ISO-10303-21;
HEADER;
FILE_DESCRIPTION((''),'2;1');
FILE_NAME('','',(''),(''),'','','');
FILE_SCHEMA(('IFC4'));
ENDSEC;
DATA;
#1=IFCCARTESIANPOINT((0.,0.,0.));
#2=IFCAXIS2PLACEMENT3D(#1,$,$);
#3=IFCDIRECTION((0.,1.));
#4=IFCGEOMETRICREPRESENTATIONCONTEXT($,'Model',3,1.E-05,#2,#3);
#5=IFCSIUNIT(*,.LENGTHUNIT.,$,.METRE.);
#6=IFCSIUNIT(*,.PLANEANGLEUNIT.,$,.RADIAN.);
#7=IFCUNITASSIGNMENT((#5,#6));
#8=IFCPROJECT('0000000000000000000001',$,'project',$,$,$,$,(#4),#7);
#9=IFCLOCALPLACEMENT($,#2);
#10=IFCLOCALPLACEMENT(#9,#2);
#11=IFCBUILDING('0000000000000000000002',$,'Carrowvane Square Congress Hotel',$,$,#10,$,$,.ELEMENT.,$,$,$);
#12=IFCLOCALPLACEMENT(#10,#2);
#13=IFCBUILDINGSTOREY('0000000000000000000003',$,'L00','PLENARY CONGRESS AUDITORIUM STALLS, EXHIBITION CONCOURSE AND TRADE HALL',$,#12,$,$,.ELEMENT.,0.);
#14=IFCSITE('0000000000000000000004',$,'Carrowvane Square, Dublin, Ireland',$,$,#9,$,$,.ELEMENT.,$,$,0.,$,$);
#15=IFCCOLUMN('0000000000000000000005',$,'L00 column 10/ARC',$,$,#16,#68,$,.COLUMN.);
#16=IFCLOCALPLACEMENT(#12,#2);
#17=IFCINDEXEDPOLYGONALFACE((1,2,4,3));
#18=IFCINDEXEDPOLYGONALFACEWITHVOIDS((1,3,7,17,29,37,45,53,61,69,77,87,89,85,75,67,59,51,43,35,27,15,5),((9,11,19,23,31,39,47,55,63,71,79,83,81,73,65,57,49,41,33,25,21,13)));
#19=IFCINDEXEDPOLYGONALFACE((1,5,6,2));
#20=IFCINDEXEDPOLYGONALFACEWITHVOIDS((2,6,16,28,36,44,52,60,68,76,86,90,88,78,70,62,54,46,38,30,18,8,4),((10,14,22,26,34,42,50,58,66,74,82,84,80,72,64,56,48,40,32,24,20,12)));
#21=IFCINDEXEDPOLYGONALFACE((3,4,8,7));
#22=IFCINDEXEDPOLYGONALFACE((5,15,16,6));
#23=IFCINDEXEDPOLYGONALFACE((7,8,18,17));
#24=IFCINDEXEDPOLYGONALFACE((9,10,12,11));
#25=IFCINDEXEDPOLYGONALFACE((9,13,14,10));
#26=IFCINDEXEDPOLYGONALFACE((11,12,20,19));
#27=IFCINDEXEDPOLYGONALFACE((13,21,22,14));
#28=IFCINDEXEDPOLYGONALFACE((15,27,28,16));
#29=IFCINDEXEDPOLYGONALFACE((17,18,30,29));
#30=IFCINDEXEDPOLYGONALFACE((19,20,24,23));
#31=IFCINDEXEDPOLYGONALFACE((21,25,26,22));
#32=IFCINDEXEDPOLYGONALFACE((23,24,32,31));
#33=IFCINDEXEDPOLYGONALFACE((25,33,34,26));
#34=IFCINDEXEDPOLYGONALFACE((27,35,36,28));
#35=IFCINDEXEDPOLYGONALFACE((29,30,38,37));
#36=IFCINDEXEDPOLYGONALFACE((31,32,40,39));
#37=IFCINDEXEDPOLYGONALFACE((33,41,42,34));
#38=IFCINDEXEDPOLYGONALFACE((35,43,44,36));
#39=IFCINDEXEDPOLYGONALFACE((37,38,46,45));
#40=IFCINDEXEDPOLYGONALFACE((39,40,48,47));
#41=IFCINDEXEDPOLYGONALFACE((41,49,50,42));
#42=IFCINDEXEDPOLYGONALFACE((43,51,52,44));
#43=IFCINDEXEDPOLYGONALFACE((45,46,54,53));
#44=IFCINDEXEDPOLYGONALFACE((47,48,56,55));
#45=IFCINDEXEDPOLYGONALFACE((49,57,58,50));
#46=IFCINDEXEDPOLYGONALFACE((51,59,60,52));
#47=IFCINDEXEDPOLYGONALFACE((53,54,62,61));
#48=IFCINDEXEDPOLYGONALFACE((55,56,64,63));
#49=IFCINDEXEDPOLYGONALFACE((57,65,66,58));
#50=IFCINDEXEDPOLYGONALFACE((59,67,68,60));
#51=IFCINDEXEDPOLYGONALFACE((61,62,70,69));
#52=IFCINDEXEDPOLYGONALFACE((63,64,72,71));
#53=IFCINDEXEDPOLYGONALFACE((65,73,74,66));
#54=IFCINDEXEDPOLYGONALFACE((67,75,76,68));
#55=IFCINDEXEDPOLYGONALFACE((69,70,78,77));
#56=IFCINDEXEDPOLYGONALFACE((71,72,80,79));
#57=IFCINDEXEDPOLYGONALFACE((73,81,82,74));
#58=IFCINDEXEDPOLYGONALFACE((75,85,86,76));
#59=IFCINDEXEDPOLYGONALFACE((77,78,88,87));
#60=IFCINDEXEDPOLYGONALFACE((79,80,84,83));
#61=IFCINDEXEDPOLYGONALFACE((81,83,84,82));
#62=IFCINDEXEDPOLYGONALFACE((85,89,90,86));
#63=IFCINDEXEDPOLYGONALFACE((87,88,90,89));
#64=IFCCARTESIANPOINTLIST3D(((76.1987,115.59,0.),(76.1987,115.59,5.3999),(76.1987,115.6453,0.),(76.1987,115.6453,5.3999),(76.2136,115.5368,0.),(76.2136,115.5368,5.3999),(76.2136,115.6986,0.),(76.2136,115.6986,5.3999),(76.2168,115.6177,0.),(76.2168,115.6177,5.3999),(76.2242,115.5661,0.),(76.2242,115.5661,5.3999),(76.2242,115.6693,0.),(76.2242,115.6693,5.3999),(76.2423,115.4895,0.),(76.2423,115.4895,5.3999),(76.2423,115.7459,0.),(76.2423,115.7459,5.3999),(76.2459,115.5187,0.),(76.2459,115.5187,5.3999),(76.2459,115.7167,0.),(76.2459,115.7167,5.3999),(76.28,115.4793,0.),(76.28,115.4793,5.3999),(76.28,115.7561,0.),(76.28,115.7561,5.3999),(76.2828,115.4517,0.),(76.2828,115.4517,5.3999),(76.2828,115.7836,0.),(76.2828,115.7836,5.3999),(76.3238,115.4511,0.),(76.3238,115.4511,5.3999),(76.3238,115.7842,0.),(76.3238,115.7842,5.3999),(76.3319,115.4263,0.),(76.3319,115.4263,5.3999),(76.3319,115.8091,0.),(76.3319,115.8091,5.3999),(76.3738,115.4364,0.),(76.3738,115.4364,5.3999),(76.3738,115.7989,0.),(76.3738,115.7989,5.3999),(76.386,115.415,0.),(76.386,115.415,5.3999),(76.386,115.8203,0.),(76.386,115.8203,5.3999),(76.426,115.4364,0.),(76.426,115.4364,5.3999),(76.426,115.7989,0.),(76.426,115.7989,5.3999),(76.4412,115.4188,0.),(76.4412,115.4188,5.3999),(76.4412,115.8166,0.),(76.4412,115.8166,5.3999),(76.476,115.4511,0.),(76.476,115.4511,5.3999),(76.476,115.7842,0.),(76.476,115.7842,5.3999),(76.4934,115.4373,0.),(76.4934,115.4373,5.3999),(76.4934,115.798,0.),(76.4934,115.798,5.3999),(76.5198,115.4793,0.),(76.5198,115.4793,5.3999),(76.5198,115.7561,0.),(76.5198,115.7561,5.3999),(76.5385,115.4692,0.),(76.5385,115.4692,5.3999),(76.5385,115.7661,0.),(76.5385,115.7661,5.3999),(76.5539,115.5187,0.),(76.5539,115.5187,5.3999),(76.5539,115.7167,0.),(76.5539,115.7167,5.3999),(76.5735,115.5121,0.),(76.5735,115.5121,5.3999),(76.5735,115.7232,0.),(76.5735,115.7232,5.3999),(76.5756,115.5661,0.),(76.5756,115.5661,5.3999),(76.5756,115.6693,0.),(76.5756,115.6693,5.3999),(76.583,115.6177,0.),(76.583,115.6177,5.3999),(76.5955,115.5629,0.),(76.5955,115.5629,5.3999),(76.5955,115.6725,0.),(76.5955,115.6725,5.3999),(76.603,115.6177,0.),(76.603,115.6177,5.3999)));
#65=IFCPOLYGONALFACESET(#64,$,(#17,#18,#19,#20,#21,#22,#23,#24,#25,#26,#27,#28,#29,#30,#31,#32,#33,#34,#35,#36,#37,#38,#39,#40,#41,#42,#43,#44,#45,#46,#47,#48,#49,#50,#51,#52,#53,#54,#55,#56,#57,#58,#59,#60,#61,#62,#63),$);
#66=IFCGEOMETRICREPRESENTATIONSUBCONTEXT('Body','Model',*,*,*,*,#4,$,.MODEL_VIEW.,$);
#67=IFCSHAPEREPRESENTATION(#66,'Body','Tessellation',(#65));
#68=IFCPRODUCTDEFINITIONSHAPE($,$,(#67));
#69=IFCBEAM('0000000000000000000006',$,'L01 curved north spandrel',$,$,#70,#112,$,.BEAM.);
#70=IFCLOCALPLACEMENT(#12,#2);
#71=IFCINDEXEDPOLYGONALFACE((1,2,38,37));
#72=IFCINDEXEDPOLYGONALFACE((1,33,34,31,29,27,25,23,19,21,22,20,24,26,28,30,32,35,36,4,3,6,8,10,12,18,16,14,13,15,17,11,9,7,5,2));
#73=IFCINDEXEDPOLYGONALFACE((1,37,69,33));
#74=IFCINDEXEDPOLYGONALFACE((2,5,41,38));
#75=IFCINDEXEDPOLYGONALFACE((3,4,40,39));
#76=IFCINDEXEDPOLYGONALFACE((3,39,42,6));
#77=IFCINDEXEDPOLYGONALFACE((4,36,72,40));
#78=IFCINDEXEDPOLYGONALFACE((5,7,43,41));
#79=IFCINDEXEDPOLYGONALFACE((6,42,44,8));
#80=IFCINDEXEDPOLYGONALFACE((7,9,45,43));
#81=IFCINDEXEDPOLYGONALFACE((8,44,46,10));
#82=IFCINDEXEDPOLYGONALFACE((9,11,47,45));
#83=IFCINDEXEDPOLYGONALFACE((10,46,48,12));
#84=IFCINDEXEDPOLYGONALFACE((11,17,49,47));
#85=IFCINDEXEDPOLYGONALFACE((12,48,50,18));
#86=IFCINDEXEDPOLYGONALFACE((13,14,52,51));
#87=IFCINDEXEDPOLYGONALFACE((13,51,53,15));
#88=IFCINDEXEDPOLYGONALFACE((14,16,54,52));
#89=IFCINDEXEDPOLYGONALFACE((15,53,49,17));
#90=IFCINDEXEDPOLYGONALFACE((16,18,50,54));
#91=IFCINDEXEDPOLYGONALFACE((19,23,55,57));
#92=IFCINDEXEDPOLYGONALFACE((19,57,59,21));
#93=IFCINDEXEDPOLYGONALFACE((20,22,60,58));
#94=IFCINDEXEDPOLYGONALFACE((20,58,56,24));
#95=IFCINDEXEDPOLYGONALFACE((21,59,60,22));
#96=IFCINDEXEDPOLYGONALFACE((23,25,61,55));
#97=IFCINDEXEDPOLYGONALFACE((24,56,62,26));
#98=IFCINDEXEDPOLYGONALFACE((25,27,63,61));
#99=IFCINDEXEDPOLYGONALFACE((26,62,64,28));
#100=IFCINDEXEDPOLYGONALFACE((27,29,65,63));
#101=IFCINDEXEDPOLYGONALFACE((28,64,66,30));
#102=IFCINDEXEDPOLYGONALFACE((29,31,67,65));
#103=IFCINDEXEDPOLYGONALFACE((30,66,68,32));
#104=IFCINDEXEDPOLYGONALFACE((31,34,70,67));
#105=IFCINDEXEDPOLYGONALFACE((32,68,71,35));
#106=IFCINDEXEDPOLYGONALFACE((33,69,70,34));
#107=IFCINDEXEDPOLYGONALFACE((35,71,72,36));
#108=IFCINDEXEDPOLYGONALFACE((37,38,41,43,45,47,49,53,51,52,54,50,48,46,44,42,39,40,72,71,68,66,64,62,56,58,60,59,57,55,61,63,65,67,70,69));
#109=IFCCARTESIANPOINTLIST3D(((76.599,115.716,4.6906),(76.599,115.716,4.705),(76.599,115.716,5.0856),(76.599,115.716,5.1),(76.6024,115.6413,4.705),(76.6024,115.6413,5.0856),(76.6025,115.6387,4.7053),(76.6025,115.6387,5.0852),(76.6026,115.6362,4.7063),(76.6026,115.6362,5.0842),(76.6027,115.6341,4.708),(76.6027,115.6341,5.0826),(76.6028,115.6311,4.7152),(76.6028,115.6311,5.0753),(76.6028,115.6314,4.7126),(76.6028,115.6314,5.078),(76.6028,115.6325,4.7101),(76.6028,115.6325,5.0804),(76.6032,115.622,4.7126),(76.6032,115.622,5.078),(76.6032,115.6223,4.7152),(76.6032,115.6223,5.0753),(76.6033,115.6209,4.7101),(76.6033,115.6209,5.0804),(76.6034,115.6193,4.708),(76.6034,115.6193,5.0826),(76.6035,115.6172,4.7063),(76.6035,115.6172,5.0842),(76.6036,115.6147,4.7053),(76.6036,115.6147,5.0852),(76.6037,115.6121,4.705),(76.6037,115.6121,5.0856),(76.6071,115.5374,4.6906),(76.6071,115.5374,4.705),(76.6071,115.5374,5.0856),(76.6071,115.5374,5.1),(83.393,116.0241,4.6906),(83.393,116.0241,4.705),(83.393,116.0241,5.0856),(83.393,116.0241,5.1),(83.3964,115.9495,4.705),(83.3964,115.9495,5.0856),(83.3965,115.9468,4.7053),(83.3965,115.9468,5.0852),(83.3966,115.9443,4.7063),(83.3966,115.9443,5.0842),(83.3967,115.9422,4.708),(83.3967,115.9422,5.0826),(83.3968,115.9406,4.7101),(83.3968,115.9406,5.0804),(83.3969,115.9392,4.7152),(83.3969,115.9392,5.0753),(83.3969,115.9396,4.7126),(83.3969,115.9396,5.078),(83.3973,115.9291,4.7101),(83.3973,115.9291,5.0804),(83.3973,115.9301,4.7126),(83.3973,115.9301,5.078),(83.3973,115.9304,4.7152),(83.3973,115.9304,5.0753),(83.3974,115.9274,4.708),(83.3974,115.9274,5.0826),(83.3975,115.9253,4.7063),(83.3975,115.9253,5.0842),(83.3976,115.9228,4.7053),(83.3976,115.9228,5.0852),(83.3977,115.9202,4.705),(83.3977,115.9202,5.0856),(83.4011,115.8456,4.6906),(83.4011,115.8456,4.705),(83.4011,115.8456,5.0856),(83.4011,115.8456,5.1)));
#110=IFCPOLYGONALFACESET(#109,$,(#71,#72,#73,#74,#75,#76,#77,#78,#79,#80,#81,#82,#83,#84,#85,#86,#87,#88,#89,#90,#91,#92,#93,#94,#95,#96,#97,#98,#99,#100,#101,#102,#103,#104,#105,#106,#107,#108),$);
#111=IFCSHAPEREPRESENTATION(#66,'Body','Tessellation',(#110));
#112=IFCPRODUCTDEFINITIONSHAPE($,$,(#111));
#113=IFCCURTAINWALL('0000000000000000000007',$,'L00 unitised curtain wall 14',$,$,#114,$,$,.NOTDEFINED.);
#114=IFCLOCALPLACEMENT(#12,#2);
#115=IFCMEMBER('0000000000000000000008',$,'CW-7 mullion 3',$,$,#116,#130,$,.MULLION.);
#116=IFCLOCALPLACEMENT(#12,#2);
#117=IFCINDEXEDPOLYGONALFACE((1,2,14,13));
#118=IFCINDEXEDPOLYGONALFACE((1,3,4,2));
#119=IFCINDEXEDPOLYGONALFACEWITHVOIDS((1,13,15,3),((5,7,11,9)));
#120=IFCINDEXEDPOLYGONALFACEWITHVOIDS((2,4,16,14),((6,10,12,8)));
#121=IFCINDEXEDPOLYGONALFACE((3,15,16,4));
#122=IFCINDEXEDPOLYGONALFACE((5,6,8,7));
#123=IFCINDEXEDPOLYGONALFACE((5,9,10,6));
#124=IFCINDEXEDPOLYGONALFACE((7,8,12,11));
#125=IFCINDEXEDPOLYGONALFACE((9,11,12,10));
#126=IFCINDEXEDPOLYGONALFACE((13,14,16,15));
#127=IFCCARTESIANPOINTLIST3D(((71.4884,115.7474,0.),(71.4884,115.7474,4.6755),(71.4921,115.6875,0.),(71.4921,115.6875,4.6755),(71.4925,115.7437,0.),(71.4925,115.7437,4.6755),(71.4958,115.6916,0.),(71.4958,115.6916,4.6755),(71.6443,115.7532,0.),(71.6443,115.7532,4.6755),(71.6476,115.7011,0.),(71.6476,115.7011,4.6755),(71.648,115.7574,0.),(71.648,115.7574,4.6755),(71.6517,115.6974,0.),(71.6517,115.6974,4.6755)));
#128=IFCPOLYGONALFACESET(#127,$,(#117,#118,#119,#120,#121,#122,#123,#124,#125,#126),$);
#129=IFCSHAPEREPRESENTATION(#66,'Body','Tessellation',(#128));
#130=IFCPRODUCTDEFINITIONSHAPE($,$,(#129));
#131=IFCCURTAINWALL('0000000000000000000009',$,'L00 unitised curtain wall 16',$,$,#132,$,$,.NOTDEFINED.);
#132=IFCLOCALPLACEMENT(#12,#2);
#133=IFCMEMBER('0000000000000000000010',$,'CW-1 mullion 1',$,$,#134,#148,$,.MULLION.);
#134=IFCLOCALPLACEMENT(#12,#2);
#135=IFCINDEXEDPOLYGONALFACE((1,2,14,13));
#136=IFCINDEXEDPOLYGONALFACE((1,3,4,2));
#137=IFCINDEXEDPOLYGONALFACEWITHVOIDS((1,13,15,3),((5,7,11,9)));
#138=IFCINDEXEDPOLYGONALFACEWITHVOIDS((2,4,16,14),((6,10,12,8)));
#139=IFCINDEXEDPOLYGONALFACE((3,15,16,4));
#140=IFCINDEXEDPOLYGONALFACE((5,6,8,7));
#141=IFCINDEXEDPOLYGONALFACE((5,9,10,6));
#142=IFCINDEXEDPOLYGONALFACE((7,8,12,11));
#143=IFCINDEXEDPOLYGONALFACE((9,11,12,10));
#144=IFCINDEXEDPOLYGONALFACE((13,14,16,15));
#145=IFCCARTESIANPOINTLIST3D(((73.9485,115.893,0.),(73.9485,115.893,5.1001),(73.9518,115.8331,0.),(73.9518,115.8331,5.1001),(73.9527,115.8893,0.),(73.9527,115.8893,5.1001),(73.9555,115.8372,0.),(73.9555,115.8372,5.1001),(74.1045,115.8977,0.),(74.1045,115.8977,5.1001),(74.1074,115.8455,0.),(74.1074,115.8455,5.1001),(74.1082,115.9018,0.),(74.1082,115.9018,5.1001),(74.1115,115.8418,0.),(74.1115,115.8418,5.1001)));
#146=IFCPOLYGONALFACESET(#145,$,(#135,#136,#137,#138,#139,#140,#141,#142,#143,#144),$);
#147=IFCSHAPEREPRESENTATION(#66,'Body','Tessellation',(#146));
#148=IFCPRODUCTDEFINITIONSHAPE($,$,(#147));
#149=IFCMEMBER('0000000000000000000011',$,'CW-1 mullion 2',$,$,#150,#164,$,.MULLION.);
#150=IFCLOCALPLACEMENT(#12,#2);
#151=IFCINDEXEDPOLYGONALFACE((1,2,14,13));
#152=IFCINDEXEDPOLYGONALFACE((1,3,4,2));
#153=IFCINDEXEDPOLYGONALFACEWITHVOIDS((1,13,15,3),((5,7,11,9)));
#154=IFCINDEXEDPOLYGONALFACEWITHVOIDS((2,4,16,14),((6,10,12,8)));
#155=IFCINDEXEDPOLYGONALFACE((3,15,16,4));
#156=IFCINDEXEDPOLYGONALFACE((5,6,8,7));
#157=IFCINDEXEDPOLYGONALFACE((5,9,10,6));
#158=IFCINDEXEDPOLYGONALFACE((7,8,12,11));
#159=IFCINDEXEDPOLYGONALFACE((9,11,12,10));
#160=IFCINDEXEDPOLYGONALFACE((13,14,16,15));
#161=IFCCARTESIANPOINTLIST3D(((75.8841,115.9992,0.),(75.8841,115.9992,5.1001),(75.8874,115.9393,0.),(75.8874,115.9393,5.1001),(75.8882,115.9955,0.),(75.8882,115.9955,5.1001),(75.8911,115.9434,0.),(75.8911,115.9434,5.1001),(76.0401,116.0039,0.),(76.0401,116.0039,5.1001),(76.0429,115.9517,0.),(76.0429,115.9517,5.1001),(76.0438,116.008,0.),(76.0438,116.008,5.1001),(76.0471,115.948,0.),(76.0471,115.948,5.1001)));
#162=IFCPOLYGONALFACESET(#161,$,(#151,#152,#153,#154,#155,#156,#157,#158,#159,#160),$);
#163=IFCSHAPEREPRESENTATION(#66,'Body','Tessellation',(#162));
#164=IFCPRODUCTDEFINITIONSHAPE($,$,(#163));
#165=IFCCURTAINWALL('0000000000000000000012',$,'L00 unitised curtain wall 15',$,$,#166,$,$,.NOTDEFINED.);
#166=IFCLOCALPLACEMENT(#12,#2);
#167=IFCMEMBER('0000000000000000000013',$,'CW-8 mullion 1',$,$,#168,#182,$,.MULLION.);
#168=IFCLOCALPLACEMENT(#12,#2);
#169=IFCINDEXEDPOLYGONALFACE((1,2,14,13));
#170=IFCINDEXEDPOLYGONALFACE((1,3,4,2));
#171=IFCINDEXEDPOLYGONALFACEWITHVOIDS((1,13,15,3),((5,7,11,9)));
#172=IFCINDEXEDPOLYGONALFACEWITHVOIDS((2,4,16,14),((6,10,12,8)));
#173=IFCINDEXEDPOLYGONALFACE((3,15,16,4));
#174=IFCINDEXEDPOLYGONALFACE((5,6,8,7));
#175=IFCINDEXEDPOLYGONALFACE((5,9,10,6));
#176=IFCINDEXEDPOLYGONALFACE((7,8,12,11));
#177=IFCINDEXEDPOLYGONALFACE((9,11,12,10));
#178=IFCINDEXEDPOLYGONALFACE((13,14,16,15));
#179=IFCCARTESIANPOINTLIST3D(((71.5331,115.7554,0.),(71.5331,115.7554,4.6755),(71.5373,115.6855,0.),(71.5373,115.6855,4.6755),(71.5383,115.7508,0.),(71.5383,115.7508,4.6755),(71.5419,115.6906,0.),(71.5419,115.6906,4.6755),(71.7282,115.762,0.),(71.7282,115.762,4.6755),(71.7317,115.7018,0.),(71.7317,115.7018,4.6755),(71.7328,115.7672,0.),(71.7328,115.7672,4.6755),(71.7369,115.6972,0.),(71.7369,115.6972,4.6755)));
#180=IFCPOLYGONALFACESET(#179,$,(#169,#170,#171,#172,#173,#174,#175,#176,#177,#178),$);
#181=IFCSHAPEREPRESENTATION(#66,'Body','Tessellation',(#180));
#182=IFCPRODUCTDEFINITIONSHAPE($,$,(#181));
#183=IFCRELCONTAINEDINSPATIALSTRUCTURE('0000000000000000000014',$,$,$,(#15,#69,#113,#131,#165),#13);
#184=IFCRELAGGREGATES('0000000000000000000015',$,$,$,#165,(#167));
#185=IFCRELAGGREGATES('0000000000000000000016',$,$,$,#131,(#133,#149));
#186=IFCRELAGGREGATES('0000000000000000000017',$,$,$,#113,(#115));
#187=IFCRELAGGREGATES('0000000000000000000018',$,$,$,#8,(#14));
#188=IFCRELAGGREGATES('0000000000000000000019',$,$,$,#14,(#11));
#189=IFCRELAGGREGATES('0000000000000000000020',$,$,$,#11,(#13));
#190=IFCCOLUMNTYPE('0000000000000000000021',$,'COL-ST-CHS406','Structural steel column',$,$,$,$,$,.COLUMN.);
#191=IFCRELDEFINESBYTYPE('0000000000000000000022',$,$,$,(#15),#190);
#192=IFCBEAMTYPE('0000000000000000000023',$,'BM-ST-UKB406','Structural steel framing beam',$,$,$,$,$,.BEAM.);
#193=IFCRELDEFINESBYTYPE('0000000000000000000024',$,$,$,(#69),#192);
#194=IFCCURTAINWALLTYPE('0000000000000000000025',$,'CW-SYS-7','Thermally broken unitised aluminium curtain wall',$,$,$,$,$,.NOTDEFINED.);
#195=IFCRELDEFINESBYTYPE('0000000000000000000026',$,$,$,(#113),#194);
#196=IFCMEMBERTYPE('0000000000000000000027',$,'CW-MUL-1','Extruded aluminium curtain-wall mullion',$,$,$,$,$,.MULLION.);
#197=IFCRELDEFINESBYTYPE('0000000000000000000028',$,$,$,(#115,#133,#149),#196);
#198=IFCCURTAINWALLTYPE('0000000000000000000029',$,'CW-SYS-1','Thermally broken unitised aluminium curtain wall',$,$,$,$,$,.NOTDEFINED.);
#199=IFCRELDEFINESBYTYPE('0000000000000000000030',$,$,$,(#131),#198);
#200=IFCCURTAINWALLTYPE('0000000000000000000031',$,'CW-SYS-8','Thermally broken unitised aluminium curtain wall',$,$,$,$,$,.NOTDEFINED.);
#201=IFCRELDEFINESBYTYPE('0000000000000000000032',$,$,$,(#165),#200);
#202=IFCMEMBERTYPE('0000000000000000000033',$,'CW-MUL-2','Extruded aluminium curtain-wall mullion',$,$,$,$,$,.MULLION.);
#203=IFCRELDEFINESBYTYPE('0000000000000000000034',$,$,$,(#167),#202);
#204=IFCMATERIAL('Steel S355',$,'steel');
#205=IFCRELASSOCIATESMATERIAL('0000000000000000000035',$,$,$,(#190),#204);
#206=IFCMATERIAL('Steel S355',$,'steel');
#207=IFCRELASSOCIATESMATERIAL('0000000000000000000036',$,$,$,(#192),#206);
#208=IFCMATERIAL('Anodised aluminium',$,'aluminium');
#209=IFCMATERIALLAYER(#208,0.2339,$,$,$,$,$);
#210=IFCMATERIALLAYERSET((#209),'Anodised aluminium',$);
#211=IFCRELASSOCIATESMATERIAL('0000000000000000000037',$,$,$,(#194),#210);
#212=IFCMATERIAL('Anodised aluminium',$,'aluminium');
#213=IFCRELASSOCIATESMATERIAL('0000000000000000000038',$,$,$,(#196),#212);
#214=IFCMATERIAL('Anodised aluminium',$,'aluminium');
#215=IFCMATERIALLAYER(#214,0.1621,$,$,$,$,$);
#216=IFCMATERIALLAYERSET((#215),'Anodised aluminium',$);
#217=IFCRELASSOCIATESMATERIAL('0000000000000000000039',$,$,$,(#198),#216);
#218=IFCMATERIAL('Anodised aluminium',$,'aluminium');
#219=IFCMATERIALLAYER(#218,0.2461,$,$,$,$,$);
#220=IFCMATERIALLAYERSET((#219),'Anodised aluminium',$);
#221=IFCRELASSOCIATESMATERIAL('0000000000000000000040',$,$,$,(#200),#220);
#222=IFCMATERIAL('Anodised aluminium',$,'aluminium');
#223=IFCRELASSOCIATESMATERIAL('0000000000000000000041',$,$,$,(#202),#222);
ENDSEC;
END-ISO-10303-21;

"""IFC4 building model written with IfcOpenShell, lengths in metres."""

from ifc_helpers import new_model, si_unit, direction, frame, origin, origin_2d, place, context, subcontext, project, spatial, hollow_rectangle, hollow_circle, i_section, extrude, material, layer, layer_set, material_profile, profile_set, type_object, element, aggregate, save


model = new_model("IFC4")

# Units and contexts
model_context = context("Model", 3, precision=1e-05, world=origin(), true_north=direction((0.0, 1.0)))
body_context = subcontext(model_context, "Body", "Model", "MODEL_VIEW")
ifc_project = project(units=[si_unit("LENGTHUNIT", "METRE"), si_unit("PLANEANGLEUNIT", "RADIAN")], contexts=[model_context])

# Site, building, storey
site_placement = place(None, origin())
site = spatial("IfcSite", under=ifc_project, at=site_placement, Name="Carrowvane Square, Dublin, Ireland", CompositionType="ELEMENT", RefElevation=0.0)
building_placement = place(site_placement, origin())
building = spatial("IfcBuilding", under=site, at=building_placement, Name="Carrowvane Square Congress Hotel", CompositionType="ELEMENT")
storey_placement = place(building_placement, origin())
storey = spatial("IfcBuildingStorey", under=building, at=storey_placement, Name="L00", Description="PLENARY CONGRESS AUDITORIUM STALLS, EXHIBITION CONCOURSE AND TRADE HALL", CompositionType="ELEMENT", Elevation=0.0)

# Column
ifc_material_1 = material(Name="Steel S355", Category="steel")
ifc_material_profile_1 = material_profile(ifc_material_1, hollow_circle(Radius=0.2031, WallThickness=0.02, at=origin_2d()), Name="CHS 406.4x20")
ifc_profile_set_1 = profile_set([ifc_material_profile_1], Name="Steel S355")
column_type = type_object("IfcColumnType", Name="COL-ST-CHS406", Description="Structural steel column", PredefinedType="COLUMN", material=ifc_profile_set_1)
column_placement = place(storey_placement, frame((76.3999, 115.6177, 0.0), z_axis=(0.0, 0.0, 1.0), x_axis=(1.0, 0.0, 0.0)))
element("IfcColumn", 1, at=column_placement, inside=storey, type_object=column_type, Name="L00 column 10/ARC", PredefinedType="COLUMN", context=body_context, shape_type="SweptSolid", body=[
    extrude(hollow_circle(Radius=0.2031, WallThickness=0.02, at=origin_2d()), origin(), (0.0, 0.0, 1.0), 5.3999),
])

# Beam
ifc_material_2 = material(Name="Steel S355", Category="steel")
ifc_material_profile_2 = material_profile(ifc_material_2, i_section(OverallWidth=0.1787, OverallDepth=0.4094, WebThickness=0.0088, FlangeThickness=0.0144, FilletRadius=0.0103, at=origin_2d()), Name="UKB 406x178x67")
ifc_profile_set_2 = profile_set([ifc_material_profile_2], Name="Steel S355")
beam_type = type_object("IfcBeamType", Name="BM-ST-UKB406", Description="Structural steel framing beam", PredefinedType="BEAM", material=ifc_profile_set_2)
beam_placement = place(storey_placement, frame((76.603, 115.6267, 4.8953), z_axis=(0.998973, 0.045303, 0.0), x_axis=(-0.045303, 0.998973, 0.0)))
element("IfcBeam", 2, at=beam_placement, inside=storey, type_object=beam_type, Name="L01 curved north spandrel", PredefinedType="BEAM", context=body_context, shape_type="SweptSolid", body=[
    extrude(i_section(OverallWidth=0.1787, OverallDepth=0.4094, WebThickness=0.0088, FlangeThickness=0.0144, FilletRadius=0.0103, at=origin_2d()), origin(), (0.0, 0.0, 1.0), 6.801),
])

# Curtain wall, member
ifc_material_3 = material(Name="Anodised aluminium", Category="aluminium")
ifc_layer_1 = layer(ifc_material_3, 0.2339)
ifc_layer_set_1 = layer_set([ifc_layer_1], Name="Anodised aluminium")
curtain_wall_type_1 = type_object("IfcCurtainWallType", Name="CW-SYS-7", Description="Thermally broken unitised aluminium curtain wall", PredefinedType="NOTDEFINED", material=ifc_layer_set_1)
curtain_wall_1_placement = place(storey_placement, origin())
curtain_wall_1 = element("IfcCurtainWall", 3, at=curtain_wall_1_placement, inside=storey, type_object=curtain_wall_type_1, Name="L00 unitised curtain wall 14", PredefinedType="NOTDEFINED")
ifc_material_4 = material(Name="Anodised aluminium", Category="aluminium")
ifc_material_profile_3 = material_profile(ifc_material_4, hollow_rectangle(XDim=0.0601, YDim=0.1599, WallThickness=0.0039, at=origin_2d()), Name="CW-ML 60x160x4")
ifc_profile_set_3 = profile_set([ifc_material_profile_3], Name="Anodised aluminium")
member_type_1 = type_object("IfcMemberType", Name="CW-MUL-1", Description="Extruded aluminium curtain-wall mullion", PredefinedType="MULLION", material=ifc_profile_set_3)
member_1_placement = place(storey_placement, frame((71.5701, 115.7224, 0.0), z_axis=(0.0, 0.0, 1.0), x_axis=(-0.062397, 0.998051, 0.0)))
member_1 = element("IfcMember", 4, at=member_1_placement, type_object=member_type_1, Name="CW-7 mullion 3", PredefinedType="MULLION", context=body_context, shape_type="SweptSolid", body=[
    extrude(hollow_rectangle(XDim=0.0601, YDim=0.1599, WallThickness=0.0039, at=origin_2d()), origin(), (0.0, 0.0, 1.0), 4.6755),
])

# Curtain walls, members
ifc_material_5 = material(Name="Anodised aluminium", Category="aluminium")
ifc_layer_2 = layer(ifc_material_5, 0.1621)
ifc_layer_set_2 = layer_set([ifc_layer_2], Name="Anodised aluminium")
curtain_wall_type_2 = type_object("IfcCurtainWallType", Name="CW-SYS-1", Description="Thermally broken unitised aluminium curtain wall", PredefinedType="NOTDEFINED", material=ifc_layer_set_2)
curtain_wall_2_placement = place(storey_placement, origin())
curtain_wall_2 = element("IfcCurtainWall", 5, at=curtain_wall_2_placement, inside=storey, type_object=curtain_wall_type_2, Name="L00 unitised curtain wall 16", PredefinedType="NOTDEFINED")
member_2_placement = place(storey_placement, frame((74.03, 115.8674, 0.0), z_axis=(0.0, 0.0, 1.0), x_axis=(-0.054816, 0.998496, 0.0)))
member_2 = element("IfcMember", 6, at=member_2_placement, type_object=member_type_1, Name="CW-1 mullion 1", PredefinedType="MULLION", context=body_context, shape_type="SweptSolid", body=[
    extrude(hollow_rectangle(XDim=0.0601, YDim=0.1599, WallThickness=0.0039, at=origin_2d()), origin(), (0.0, 0.0, 1.0), 5.1001),
])
member_3_placement = place(storey_placement, frame((75.9656, 115.9736, 0.0), z_axis=(0.0, 0.0, 1.0), x_axis=(-0.054816, 0.998496, 0.0)))
member_3 = element("IfcMember", 7, at=member_3_placement, type_object=member_type_1, Name="CW-1 mullion 2", PredefinedType="MULLION", context=body_context, shape_type="SweptSolid", body=[
    extrude(hollow_rectangle(XDim=0.0601, YDim=0.1599, WallThickness=0.0039, at=origin_2d()), origin(), (0.0, 0.0, 1.0), 5.1001),
])
ifc_material_6 = material(Name="Anodised aluminium", Category="aluminium")
ifc_layer_3 = layer(ifc_material_6, 0.2461)
ifc_layer_set_3 = layer_set([ifc_layer_3], Name="Anodised aluminium")
curtain_wall_type_3 = type_object("IfcCurtainWallType", Name="CW-SYS-8", Description="Thermally broken unitised aluminium curtain wall", PredefinedType="NOTDEFINED", material=ifc_layer_set_3)
curtain_wall_3_placement = place(storey_placement, origin())
curtain_wall_3 = element("IfcCurtainWall", 8, at=curtain_wall_3_placement, inside=storey, type_object=curtain_wall_type_3, Name="L00 unitised curtain wall 15", PredefinedType="NOTDEFINED")
ifc_material_7 = material(Name="Anodised aluminium", Category="aluminium")
ifc_material_profile_4 = material_profile(ifc_material_7, hollow_rectangle(XDim=0.0701, YDim=0.2, WallThickness=0.0049, at=origin_2d()), Name="CW-ML 70x200x5")
ifc_profile_set_4 = profile_set([ifc_material_profile_4], Name="Anodised aluminium")
member_type_2 = type_object("IfcMemberType", Name="CW-MUL-2", Description="Extruded aluminium curtain-wall mullion", PredefinedType="MULLION", material=ifc_profile_set_4)
member_4_placement = place(storey_placement, frame((71.635, 115.7263, 0.0), z_axis=(0.0, 0.0, 1.0), x_axis=(-0.058851, 0.998267, 0.0)))
member_4 = element("IfcMember", 9, at=member_4_placement, type_object=member_type_2, Name="CW-8 mullion 1", PredefinedType="MULLION", context=body_context, shape_type="SweptSolid", body=[
    extrude(hollow_rectangle(XDim=0.0701, YDim=0.2, WallThickness=0.0049, at=origin_2d()), origin(), (0.0, 0.0, 1.0), 4.6755),
])

aggregate(curtain_wall_3, [member_4])
aggregate(curtain_wall_2, [member_2, member_3])
aggregate(curtain_wall_1, [member_1])

save(model, "model.ifc")
